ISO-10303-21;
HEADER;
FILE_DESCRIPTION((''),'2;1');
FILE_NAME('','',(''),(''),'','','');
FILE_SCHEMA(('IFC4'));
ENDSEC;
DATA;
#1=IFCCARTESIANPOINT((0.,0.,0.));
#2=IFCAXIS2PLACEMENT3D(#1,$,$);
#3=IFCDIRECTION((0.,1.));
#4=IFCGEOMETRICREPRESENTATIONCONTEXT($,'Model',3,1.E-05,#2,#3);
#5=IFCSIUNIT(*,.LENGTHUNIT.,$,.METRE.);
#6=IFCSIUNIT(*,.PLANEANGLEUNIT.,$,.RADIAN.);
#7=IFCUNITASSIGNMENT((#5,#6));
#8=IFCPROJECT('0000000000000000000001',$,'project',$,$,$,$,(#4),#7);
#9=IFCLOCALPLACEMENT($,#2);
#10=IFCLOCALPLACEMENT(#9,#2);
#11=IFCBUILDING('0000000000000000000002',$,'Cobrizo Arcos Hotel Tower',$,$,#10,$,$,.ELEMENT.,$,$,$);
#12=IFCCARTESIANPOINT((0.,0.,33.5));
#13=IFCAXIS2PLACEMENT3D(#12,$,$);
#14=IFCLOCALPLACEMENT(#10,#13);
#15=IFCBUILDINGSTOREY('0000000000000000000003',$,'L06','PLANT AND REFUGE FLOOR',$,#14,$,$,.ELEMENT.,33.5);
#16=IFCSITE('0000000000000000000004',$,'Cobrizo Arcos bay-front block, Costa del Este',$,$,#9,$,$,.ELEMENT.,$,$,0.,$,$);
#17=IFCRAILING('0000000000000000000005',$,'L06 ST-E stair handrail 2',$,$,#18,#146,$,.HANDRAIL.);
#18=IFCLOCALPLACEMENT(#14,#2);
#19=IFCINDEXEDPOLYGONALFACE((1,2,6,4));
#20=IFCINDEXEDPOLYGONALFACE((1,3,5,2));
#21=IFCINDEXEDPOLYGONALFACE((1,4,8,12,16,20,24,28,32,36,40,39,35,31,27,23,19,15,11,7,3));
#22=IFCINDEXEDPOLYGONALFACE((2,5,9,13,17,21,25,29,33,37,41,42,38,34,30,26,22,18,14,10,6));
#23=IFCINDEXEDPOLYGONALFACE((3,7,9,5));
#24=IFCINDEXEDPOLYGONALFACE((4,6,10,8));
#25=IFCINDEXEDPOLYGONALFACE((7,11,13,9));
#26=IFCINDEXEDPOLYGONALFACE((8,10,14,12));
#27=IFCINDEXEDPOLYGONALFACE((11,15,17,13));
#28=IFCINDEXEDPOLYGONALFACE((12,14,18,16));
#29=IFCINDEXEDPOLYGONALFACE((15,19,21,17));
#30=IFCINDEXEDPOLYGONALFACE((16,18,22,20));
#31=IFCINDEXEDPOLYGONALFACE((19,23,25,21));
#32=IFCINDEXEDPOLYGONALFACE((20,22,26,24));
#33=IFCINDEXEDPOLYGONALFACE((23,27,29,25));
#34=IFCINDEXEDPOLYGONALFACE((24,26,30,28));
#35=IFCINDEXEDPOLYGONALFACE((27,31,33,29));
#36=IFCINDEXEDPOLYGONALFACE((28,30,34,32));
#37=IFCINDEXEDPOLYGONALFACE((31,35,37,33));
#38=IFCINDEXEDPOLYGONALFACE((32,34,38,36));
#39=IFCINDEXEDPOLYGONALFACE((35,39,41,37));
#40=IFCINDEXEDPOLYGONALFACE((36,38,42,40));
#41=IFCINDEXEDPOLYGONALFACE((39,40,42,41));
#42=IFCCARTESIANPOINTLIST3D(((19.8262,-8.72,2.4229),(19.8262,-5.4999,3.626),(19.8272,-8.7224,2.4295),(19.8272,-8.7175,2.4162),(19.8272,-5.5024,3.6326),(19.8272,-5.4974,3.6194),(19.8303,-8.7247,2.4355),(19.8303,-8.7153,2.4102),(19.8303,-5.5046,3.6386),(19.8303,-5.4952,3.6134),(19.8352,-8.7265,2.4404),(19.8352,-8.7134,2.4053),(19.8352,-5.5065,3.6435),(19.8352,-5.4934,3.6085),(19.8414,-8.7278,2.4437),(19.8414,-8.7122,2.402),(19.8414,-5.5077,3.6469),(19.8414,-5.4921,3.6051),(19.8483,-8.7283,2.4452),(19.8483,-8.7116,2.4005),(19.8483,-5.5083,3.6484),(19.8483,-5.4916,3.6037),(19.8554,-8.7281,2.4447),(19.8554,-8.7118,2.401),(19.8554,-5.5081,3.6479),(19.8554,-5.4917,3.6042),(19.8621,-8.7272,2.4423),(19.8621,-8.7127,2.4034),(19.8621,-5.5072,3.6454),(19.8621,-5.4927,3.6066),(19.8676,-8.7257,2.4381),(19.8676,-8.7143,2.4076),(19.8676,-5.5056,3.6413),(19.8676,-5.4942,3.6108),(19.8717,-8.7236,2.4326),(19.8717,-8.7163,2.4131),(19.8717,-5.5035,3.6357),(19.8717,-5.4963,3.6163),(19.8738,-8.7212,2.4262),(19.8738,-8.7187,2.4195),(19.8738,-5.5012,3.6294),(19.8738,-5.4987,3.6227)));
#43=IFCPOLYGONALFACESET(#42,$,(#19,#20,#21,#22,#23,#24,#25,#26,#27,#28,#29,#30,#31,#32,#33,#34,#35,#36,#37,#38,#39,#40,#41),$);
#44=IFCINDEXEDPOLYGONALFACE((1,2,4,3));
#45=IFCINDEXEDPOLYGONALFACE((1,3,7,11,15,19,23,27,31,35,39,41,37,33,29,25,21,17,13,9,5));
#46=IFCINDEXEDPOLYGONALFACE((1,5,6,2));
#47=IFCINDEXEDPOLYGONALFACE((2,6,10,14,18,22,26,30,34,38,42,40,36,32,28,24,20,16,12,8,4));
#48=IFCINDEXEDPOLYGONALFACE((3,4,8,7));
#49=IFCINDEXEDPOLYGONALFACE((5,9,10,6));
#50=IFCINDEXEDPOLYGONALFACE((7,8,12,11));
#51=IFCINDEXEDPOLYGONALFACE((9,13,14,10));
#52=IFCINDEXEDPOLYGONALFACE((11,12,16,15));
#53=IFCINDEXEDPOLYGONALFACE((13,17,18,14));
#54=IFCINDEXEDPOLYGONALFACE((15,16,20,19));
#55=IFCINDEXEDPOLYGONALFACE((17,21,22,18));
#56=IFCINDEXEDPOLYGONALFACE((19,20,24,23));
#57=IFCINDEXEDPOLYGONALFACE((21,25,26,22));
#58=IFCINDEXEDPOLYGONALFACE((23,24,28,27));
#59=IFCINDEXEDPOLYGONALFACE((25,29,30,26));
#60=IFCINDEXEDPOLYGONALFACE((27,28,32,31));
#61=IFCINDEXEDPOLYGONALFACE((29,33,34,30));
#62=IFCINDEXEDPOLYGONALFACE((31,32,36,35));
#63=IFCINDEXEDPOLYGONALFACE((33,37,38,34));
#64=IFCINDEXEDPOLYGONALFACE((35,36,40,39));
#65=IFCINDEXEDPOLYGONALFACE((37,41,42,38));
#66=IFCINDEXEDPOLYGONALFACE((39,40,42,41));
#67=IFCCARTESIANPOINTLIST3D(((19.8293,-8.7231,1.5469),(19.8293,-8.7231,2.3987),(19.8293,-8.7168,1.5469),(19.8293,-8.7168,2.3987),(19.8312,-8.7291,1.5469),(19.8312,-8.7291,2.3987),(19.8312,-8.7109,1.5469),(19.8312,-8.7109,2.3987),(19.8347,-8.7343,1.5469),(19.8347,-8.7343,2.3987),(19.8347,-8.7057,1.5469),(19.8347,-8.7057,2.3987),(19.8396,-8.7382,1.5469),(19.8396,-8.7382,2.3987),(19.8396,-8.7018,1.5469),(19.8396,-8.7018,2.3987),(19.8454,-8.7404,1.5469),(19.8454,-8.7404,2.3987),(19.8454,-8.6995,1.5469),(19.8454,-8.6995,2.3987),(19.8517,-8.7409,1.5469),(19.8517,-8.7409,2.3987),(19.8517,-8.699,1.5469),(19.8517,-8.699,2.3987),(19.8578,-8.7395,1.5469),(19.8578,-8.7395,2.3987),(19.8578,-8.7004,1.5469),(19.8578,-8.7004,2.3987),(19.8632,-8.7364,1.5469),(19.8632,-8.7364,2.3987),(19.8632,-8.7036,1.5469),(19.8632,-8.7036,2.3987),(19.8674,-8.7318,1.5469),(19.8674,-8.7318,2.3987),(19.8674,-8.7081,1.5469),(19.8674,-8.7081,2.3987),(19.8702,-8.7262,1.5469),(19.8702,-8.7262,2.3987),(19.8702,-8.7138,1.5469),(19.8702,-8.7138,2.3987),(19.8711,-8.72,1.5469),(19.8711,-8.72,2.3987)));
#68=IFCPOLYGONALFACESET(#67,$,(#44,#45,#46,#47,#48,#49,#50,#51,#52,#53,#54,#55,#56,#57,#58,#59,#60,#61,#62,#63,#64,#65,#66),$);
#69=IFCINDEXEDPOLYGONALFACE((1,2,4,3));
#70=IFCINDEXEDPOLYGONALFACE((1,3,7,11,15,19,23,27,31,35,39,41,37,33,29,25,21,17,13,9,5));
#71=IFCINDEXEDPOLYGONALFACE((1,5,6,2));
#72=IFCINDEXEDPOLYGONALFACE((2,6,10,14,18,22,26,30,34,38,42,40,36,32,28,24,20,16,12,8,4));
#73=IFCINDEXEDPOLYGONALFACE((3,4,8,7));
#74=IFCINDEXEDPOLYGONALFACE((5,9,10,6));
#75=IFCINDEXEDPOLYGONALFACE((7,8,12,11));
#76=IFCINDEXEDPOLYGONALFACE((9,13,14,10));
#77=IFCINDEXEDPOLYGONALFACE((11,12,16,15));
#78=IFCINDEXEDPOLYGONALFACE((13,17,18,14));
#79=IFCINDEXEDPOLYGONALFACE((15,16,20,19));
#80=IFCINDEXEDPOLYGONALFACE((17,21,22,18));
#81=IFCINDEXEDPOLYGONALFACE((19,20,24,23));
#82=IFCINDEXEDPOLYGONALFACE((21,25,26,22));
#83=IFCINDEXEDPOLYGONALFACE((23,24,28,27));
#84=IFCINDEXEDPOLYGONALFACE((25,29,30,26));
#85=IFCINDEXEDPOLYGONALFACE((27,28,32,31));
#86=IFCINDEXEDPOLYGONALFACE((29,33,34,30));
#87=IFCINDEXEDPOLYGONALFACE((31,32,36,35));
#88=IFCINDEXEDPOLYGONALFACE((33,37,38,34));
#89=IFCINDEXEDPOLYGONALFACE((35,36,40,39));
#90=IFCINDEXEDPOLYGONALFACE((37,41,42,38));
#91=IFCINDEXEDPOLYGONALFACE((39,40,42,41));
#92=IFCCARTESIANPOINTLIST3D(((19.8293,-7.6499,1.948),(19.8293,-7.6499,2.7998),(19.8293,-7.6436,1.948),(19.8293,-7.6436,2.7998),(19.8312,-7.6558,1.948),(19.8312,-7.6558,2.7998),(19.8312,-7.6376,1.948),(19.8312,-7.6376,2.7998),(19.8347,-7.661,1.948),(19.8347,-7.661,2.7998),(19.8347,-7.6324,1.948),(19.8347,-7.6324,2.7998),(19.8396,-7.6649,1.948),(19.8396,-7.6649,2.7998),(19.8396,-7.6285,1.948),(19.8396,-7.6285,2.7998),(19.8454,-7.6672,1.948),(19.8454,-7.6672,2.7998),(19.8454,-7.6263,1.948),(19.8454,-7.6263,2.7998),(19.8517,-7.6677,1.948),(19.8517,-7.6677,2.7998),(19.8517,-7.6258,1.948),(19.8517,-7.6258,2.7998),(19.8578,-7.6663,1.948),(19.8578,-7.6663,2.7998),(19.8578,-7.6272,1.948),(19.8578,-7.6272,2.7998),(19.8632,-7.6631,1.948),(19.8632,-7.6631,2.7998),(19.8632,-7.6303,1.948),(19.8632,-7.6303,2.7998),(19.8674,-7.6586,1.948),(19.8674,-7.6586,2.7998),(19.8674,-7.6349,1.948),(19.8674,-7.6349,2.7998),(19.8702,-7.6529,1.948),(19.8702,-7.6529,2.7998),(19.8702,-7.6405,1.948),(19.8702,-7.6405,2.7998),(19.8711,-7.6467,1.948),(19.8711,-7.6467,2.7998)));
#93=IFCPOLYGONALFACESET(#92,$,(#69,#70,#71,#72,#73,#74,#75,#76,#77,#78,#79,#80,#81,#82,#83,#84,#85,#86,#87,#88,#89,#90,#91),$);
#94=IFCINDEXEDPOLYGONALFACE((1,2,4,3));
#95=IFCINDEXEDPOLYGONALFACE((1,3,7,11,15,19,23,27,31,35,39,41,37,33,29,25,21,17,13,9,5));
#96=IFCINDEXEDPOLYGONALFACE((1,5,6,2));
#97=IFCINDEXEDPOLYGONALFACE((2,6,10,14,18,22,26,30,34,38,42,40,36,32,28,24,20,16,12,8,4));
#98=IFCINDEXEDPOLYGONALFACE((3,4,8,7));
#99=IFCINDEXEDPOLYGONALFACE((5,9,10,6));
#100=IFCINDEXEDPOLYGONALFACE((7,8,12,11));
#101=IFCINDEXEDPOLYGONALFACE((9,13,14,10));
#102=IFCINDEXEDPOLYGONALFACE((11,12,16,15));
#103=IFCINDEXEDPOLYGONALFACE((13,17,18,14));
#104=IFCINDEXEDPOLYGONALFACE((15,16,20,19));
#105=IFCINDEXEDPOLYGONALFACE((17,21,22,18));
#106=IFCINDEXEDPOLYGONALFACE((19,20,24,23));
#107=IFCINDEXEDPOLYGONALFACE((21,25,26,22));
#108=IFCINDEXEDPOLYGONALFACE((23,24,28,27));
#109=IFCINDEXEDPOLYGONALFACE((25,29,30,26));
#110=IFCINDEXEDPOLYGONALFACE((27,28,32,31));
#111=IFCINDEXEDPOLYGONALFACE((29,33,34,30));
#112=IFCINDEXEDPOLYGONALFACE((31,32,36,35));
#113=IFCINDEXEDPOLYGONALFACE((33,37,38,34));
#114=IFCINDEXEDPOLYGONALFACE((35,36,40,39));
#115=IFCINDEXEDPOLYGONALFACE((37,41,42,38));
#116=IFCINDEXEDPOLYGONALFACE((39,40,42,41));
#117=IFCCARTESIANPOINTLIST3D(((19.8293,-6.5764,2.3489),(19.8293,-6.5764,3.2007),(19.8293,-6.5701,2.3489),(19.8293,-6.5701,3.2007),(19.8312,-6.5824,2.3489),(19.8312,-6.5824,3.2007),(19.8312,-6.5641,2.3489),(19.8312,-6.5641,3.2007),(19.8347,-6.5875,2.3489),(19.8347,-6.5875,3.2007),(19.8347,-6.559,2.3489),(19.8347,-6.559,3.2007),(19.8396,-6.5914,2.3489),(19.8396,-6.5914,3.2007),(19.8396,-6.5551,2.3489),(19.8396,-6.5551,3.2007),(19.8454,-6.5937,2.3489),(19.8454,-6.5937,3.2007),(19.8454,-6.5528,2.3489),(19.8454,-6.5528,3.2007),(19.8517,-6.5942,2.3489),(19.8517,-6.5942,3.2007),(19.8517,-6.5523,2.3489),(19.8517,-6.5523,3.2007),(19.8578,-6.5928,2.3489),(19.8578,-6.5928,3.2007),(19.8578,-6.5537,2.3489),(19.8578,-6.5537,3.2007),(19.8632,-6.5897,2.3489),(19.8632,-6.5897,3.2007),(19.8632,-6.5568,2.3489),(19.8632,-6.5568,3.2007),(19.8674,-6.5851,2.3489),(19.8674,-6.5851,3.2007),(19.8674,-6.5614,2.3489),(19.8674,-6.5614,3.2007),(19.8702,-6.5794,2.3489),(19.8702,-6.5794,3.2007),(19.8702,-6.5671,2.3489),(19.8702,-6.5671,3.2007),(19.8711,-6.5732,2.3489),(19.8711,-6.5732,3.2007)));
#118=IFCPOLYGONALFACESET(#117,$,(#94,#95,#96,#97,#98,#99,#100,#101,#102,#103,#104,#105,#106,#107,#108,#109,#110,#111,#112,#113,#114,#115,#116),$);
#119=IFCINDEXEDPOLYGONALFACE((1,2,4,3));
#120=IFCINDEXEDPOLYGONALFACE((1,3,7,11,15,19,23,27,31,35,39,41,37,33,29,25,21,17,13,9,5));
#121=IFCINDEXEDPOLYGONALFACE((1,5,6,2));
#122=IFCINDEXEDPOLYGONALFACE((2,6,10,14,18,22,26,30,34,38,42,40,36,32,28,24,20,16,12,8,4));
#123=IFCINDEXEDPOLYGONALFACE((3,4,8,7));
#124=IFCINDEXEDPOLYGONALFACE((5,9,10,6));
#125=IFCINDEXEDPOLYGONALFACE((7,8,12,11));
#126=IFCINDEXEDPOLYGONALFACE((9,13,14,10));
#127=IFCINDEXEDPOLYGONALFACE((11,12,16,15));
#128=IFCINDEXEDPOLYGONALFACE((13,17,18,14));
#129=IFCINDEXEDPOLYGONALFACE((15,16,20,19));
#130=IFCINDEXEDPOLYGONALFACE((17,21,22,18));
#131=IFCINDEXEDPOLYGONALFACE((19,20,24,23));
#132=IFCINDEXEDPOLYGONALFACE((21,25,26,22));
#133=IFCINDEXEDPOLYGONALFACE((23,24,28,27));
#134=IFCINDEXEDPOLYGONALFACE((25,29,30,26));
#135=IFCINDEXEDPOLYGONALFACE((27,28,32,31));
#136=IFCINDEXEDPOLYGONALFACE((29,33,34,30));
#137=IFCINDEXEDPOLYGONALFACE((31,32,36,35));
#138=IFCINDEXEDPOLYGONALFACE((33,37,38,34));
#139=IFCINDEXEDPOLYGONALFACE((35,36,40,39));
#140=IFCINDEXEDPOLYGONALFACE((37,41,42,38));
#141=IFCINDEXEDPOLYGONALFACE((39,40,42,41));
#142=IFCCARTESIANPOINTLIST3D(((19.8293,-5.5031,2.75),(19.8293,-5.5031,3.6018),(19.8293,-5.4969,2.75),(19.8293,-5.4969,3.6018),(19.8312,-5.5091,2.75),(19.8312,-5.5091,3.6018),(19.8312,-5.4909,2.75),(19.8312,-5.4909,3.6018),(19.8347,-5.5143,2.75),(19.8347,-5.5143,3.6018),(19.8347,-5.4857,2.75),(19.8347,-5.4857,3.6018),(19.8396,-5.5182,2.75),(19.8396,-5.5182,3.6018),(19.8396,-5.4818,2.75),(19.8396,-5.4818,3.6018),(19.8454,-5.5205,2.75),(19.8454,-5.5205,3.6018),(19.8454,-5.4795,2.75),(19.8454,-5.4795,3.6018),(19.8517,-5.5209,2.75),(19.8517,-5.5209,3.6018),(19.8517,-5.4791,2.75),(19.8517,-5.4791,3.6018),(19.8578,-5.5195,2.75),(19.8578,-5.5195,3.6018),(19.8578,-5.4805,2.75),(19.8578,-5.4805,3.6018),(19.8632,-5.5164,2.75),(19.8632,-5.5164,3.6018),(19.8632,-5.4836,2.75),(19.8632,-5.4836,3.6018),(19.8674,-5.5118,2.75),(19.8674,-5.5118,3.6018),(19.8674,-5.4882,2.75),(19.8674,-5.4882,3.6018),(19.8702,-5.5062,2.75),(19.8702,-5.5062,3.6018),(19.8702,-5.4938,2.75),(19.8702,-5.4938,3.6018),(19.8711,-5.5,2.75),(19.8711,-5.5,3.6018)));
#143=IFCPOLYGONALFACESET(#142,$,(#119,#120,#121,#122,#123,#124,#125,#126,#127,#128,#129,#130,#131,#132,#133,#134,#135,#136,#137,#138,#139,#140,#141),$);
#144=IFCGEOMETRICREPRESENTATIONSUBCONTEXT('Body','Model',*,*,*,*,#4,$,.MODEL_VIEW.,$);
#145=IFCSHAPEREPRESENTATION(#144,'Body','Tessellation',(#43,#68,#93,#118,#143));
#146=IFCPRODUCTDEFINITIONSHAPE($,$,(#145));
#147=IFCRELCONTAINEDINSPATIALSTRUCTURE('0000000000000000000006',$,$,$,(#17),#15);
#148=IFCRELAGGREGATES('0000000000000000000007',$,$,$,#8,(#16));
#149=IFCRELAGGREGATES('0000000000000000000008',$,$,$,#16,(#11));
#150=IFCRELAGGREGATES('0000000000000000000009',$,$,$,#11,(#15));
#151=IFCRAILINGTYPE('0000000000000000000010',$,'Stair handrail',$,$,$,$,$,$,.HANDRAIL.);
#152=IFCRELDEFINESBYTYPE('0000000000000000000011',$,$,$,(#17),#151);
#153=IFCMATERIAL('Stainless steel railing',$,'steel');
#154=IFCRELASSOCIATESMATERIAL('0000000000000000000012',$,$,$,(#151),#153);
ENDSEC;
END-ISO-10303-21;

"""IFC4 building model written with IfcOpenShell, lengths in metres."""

from ifc_helpers import new_model, si_unit, direction, frame, origin, origin_2d, place, context, subcontext, project, spatial, circle, extrude, material, type_object, element, save


model = new_model("IFC4")

# Units and contexts
model_context = context("Model", 3, precision=1e-05, world=origin(), true_north=direction((0.0, 1.0)))
body_context = subcontext(model_context, "Body", "Model", "MODEL_VIEW")
ifc_project = project(units=[si_unit("LENGTHUNIT", "METRE"), si_unit("PLANEANGLEUNIT", "RADIAN")], contexts=[model_context])

# Site, building, storey
site_placement = place(None, origin())
site = spatial("IfcSite", under=ifc_project, at=site_placement, Name="Cobrizo Arcos bay-front block, Costa del Este", CompositionType="ELEMENT", RefElevation=0.0)
building_placement = place(site_placement, origin())
building = spatial("IfcBuilding", under=site, at=building_placement, Name="Cobrizo Arcos Hotel Tower", CompositionType="ELEMENT")
storey_placement = place(building_placement, frame((0.0, 0.0, 33.5)))
storey = spatial("IfcBuildingStorey", under=building, at=storey_placement, Name="L06", Description="PLANT AND REFUGE FLOOR", CompositionType="ELEMENT", Elevation=33.5)

# Railing
ifc_material_1 = material(Name="Stainless steel railing", Category="steel")
railing_type_1 = type_object("IfcRailingType", Name="Stair handrail", PredefinedType="HANDRAIL", material=ifc_material_1)
railing_1_placement = place(storey_placement, frame((19.8501, -8.72, 1.5469)))
element("IfcRailing", 1, at=railing_1_placement, inside=storey, type_object=railing_type_1, Name="L06 ST-E stair handrail 2", PredefinedType="HANDRAIL", context=body_context, shape_type="SweptSolid", body=[
    extrude(circle(Radius=0.0239, at=origin_2d()), frame((0.0, 0.0, 0.876), z_axis=(0.0, 0.936746, 0.35001), x_axis=(-1.0, 0.0, 0.0)), (0.0, 0.0, 1.0), 3.4375),
    extrude(circle(Radius=0.021, at=origin_2d()), origin(), (0.0, 0.0, 1.0), 0.8518),
    extrude(circle(Radius=0.021, at=origin_2d()), frame((0.0, 1.0732, 0.4011)), (0.0, 0.0, 1.0), 0.8518),
    extrude(circle(Radius=0.021, at=origin_2d()), frame((0.0, 2.1467, 0.802)), (0.0, 0.0, 1.0), 0.8518),
    extrude(circle(Radius=0.021, at=origin_2d()), frame((0.0, 3.22, 1.2031)), (0.0, 0.0, 1.0), 0.8518),
])

save(model, "model.ifc")
